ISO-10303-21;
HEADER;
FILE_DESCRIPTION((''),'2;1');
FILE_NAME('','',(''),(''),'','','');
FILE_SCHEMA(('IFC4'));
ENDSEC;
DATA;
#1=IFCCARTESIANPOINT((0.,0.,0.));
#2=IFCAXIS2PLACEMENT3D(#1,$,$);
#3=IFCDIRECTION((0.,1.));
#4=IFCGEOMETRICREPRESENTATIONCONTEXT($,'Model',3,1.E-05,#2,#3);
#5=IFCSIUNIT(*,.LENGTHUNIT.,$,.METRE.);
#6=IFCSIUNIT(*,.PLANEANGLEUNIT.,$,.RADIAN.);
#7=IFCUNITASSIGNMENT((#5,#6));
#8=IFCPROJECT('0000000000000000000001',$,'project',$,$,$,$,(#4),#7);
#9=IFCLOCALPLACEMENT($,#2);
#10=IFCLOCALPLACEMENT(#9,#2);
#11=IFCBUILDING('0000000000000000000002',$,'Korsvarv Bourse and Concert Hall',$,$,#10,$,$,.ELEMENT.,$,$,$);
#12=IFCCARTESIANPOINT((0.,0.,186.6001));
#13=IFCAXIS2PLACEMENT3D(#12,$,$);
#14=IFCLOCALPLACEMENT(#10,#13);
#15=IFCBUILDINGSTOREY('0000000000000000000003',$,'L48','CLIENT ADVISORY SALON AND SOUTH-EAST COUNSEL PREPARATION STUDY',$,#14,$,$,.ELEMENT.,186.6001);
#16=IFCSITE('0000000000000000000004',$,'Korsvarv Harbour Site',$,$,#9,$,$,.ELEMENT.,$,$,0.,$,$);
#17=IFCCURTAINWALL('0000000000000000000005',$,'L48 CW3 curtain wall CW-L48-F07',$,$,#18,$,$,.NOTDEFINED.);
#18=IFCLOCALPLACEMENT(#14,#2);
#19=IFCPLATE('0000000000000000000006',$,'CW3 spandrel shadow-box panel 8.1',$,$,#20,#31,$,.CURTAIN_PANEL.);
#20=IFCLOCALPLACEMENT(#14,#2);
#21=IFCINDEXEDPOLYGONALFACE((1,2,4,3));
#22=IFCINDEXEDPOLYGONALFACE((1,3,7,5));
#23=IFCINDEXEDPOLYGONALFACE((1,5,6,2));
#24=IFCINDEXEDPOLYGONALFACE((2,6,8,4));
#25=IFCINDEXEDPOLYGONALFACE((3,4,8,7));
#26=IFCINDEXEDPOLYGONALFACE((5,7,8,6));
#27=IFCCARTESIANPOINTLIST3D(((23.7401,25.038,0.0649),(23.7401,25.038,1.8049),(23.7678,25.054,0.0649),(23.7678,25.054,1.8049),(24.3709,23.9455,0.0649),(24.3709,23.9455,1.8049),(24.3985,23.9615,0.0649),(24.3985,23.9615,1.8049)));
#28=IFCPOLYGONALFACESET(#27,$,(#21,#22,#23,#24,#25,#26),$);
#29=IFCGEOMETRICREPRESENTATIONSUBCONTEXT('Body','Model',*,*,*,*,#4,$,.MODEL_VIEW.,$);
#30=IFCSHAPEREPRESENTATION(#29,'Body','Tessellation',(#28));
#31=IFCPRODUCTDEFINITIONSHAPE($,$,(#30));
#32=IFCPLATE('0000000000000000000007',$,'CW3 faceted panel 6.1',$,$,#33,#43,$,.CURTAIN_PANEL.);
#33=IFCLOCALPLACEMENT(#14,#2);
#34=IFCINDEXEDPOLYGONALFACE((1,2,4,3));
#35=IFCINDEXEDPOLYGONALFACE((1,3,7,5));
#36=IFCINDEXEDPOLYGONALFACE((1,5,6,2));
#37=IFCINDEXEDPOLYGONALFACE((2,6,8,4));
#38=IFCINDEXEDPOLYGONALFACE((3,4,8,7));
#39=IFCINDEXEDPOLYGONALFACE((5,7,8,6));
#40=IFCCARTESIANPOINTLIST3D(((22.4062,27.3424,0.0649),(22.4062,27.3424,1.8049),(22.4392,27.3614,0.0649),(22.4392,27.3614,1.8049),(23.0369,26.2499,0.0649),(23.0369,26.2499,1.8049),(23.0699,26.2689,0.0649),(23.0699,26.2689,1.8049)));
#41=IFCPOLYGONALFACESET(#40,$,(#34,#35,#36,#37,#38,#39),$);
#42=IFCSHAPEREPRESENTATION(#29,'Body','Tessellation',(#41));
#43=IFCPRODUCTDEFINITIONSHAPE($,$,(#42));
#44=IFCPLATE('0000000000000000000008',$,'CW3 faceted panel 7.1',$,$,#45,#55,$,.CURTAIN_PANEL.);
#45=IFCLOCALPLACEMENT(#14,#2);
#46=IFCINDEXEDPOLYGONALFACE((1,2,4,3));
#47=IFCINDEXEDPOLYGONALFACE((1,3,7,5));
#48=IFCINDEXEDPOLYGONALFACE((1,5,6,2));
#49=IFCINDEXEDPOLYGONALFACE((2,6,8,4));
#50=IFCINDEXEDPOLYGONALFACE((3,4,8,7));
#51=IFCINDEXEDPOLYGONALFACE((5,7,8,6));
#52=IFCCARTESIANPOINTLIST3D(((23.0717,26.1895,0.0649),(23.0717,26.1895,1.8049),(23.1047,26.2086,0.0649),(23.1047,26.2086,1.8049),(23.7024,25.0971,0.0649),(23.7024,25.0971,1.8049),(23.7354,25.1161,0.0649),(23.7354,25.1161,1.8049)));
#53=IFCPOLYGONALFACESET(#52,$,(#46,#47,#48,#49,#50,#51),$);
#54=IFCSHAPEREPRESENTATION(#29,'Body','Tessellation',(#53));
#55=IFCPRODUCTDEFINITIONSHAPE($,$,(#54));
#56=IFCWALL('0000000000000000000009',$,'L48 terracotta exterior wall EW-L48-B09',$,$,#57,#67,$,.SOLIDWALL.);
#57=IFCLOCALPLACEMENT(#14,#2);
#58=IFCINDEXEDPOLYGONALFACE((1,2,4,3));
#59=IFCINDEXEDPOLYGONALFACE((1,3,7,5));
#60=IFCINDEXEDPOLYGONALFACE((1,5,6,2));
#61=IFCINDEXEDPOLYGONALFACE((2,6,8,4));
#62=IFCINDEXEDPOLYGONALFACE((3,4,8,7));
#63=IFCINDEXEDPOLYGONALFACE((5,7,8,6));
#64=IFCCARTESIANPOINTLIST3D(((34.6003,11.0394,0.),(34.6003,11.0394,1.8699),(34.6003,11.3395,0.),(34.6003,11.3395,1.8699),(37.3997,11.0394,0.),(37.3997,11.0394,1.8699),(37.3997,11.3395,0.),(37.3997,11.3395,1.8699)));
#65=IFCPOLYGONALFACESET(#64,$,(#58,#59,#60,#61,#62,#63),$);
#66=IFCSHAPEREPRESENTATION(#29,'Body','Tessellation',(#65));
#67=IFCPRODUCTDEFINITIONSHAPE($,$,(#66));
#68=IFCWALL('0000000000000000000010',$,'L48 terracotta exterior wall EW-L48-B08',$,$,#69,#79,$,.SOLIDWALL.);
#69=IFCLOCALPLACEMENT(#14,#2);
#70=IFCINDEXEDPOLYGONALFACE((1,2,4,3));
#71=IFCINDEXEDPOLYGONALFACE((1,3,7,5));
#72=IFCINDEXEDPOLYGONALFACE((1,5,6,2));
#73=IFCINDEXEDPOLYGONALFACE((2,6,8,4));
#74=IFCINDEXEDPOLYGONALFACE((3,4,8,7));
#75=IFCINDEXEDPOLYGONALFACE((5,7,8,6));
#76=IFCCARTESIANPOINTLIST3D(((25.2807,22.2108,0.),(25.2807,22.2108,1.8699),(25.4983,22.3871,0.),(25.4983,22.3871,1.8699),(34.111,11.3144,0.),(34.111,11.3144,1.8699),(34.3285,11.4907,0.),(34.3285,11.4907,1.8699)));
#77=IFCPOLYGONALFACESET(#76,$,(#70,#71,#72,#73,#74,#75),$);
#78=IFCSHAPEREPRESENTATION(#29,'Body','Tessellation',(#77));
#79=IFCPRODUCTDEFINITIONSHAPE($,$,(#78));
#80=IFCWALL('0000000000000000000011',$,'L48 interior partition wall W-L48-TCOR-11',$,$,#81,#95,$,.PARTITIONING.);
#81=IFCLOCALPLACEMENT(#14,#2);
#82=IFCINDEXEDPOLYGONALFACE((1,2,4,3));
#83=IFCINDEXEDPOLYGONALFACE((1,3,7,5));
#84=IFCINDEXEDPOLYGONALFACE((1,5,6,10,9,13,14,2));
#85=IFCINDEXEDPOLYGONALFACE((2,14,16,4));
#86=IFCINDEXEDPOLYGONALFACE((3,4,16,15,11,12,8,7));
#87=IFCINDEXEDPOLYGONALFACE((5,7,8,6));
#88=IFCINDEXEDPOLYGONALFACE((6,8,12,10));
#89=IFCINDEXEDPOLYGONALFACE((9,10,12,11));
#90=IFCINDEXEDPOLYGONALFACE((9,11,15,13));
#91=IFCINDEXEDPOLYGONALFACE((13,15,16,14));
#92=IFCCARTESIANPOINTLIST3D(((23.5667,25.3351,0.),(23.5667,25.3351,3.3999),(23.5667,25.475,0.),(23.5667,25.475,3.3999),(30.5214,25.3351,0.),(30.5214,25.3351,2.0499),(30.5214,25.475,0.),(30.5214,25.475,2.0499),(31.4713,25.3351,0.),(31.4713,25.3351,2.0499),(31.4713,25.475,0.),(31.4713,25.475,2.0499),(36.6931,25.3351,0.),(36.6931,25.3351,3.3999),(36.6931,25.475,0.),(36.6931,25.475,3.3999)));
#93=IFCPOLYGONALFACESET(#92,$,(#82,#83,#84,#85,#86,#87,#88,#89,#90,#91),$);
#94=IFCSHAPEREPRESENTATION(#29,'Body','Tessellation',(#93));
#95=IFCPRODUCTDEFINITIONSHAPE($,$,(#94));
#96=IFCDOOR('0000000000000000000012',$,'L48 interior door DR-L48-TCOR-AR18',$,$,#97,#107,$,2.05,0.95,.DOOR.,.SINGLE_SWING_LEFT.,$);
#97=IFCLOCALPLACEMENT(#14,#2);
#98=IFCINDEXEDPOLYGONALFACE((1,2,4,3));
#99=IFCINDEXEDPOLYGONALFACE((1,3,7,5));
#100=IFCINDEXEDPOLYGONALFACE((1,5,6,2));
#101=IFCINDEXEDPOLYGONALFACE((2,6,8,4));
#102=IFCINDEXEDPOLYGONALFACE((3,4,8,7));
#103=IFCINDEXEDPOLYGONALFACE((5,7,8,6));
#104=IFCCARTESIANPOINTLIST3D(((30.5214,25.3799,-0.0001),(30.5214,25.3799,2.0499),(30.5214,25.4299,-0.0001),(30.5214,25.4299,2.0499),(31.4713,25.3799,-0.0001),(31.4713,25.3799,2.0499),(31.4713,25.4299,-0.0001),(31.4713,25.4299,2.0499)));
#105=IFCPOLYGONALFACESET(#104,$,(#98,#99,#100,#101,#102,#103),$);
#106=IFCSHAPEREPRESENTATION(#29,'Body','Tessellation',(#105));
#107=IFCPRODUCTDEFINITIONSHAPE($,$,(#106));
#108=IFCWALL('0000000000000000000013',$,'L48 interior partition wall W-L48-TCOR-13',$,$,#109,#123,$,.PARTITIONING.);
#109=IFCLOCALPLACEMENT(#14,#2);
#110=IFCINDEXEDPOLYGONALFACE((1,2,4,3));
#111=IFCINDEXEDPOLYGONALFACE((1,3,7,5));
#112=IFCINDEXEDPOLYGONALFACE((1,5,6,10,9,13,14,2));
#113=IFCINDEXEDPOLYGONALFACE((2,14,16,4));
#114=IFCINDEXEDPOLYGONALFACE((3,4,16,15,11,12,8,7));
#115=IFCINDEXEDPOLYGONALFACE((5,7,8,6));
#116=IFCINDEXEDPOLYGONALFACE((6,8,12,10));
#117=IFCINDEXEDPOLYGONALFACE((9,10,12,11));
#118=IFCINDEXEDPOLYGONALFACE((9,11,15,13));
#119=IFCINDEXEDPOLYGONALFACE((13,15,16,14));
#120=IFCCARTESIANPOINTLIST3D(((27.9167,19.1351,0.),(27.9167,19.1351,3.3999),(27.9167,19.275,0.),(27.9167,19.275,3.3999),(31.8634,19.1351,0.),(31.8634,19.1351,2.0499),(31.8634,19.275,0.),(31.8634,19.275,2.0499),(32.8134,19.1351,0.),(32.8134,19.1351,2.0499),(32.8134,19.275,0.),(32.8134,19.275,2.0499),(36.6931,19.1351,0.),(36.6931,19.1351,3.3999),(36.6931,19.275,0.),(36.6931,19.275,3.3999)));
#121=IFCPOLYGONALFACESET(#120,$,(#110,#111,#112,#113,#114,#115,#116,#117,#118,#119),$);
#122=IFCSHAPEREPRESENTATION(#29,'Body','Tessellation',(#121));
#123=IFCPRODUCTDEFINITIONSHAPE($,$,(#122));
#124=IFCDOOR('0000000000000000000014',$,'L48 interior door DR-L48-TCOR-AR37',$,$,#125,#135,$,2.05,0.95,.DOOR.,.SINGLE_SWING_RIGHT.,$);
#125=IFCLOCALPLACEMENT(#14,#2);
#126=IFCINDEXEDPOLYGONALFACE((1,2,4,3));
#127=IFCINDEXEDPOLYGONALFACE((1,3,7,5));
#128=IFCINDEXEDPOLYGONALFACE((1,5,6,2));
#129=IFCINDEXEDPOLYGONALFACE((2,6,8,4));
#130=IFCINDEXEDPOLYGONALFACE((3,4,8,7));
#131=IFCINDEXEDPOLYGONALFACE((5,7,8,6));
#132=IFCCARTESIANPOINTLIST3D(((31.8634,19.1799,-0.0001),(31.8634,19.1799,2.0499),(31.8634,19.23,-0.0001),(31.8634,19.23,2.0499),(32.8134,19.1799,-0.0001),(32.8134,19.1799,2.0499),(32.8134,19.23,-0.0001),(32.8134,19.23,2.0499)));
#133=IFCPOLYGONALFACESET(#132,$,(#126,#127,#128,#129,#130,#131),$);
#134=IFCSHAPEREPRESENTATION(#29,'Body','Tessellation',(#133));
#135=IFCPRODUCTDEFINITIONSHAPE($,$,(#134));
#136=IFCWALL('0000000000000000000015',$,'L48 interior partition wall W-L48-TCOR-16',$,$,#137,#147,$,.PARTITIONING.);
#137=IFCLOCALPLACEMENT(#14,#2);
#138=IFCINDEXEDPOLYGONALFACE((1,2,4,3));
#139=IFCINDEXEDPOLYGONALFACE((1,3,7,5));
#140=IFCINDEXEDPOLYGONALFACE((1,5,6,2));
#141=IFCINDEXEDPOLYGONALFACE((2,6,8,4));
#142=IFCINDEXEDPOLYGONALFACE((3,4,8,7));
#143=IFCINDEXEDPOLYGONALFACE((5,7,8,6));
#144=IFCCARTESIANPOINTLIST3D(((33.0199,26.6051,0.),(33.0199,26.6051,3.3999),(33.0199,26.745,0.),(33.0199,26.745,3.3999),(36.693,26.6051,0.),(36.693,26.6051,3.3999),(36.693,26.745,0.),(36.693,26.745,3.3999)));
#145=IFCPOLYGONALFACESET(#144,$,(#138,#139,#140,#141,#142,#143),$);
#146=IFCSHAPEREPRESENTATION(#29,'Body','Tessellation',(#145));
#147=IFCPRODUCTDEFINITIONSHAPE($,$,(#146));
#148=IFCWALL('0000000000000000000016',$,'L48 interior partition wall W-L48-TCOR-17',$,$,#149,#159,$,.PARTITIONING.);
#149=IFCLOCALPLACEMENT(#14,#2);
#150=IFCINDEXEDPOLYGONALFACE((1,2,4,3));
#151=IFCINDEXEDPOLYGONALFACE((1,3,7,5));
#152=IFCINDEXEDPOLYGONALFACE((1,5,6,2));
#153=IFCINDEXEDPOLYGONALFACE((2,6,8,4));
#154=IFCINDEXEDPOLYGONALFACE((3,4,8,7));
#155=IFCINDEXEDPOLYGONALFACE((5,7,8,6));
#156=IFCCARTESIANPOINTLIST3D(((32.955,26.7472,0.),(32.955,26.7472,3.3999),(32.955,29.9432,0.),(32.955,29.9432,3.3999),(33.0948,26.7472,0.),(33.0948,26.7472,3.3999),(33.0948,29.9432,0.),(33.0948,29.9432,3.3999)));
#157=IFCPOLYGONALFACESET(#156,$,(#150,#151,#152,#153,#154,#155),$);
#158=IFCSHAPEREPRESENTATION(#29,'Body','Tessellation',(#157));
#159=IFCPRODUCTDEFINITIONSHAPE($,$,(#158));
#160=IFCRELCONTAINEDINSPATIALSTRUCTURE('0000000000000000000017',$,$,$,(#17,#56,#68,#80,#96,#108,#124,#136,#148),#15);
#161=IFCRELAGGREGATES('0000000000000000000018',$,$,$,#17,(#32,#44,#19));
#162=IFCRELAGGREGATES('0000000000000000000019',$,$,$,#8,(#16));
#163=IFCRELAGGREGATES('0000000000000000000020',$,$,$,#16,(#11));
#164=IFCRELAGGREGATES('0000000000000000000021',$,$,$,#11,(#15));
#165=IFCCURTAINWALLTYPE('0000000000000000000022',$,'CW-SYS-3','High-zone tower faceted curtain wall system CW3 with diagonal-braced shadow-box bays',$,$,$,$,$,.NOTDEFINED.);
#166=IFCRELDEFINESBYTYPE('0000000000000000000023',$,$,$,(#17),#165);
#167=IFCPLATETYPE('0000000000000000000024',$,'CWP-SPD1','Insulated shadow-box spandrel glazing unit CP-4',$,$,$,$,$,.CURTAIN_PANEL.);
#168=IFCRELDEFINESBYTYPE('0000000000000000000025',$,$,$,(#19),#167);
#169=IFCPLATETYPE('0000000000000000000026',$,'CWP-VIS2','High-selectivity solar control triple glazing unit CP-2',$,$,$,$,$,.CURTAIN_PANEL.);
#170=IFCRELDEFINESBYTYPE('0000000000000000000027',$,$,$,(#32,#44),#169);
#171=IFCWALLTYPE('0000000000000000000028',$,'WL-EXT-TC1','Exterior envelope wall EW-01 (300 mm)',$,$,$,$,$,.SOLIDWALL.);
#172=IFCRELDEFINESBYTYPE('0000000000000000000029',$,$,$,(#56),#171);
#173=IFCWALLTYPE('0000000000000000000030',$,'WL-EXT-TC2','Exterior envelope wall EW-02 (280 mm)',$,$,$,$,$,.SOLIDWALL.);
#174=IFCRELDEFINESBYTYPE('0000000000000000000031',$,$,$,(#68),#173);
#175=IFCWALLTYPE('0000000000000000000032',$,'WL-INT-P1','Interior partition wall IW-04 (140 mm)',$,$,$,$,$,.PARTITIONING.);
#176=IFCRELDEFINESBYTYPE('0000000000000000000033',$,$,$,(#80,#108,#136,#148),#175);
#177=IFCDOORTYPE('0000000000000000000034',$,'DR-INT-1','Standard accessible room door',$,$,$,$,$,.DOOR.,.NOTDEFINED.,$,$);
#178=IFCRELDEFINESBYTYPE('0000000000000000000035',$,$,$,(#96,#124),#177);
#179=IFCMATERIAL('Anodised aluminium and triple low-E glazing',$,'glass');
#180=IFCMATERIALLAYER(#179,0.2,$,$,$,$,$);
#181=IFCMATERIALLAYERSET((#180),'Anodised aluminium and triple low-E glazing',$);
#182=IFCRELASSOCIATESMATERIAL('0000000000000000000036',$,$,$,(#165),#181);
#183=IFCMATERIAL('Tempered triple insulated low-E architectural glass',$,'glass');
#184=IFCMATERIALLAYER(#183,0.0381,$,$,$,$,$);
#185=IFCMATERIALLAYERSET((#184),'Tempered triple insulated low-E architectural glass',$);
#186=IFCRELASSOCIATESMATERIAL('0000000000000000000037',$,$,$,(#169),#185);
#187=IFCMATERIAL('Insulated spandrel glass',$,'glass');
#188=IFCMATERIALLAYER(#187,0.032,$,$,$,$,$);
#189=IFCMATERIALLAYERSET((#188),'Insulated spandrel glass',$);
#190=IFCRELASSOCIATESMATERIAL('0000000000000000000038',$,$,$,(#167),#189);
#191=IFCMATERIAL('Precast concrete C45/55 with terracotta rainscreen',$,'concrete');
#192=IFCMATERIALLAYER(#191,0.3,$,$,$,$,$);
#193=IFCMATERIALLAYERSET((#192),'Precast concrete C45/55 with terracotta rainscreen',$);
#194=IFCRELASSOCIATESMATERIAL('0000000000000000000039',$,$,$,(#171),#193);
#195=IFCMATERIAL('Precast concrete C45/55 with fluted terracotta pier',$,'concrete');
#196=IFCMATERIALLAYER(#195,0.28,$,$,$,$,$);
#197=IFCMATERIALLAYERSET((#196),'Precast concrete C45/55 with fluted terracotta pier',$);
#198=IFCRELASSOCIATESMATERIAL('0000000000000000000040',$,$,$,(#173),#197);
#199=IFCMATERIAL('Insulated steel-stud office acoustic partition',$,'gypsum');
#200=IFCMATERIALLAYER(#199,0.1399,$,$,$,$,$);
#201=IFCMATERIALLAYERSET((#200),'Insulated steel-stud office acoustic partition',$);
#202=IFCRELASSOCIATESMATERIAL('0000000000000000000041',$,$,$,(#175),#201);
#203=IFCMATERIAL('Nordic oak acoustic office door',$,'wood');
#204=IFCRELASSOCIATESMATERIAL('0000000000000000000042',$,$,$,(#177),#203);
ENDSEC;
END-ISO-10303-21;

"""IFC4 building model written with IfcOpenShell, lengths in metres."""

from ifc_helpers import new_model, si_unit, direction, frame, frame_2d, origin, origin_2d, place, context, subcontext, project, spatial, rectangle, extrude, source, transform, mapped, material, layer, layer_set, type_object, element, fill, aggregate, save


model = new_model("IFC4")

# Units and contexts
model_context = context("Model", 3, precision=1e-05, world=origin(), true_north=direction((0.0, 1.0)))
body_context = subcontext(model_context, "Body", "Model", "MODEL_VIEW")
ifc_project = project(units=[si_unit("LENGTHUNIT", "METRE"), si_unit("PLANEANGLEUNIT", "RADIAN")], contexts=[model_context])

# Site, building, storey
site_placement = place(None, origin())
site = spatial("IfcSite", under=ifc_project, at=site_placement, Name="Korsvarv Harbour Site", CompositionType="ELEMENT", RefElevation=0.0)
building_placement = place(site_placement, origin())
building = spatial("IfcBuilding", under=site, at=building_placement, Name="Korsvarv Bourse and Concert Hall", CompositionType="ELEMENT")
storey_placement = place(building_placement, frame((0.0, 0.0, 186.6001)))
storey = spatial("IfcBuildingStorey", under=building, at=storey_placement, Name="L48", Description="CLIENT ADVISORY SALON AND SOUTH-EAST COUNSEL PREPARATION STUDY", CompositionType="ELEMENT", Elevation=186.6001)

# Curtain wall, plates
ifc_material_1 = material(Name="Anodised aluminium and triple low-E glazing", Category="glass")
ifc_layer_1 = layer(ifc_material_1, 0.2)
ifc_layer_set_1 = layer_set([ifc_layer_1], Name="Anodised aluminium and triple low-E glazing")
curtain_wall_type = type_object("IfcCurtainWallType", Name="CW-SYS-3", Description="High-zone tower faceted curtain wall system CW3 with diagonal-braced shadow-box bays", PredefinedType="NOTDEFINED", material=ifc_layer_set_1)
curtain_wall_placement = place(storey_placement, origin())
curtain_wall = element("IfcCurtainWall", 1, at=curtain_wall_placement, inside=storey, type_object=curtain_wall_type, Name="L48 CW3 curtain wall CW-L48-F07", PredefinedType="NOTDEFINED")
ifc_material_2 = material(Name="Tempered triple insulated low-E architectural glass", Category="glass")
ifc_layer_2 = layer(ifc_material_2, 0.0381)
ifc_layer_set_2 = layer_set([ifc_layer_2], Name="Tempered triple insulated low-E architectural glass")
plate_type_1 = type_object("IfcPlateType", Name="CWP-VIS2", Description="High-selectivity solar control triple glazing unit CP-2", PredefinedType="CURTAIN_PANEL", material=ifc_layer_set_2)
ifc_material_3 = material(Name="Insulated spandrel glass", Category="glass")
ifc_layer_3 = layer(ifc_material_3, 0.032)
ifc_layer_set_3 = layer_set([ifc_layer_3], Name="Insulated spandrel glass")
plate_type_2 = type_object("IfcPlateType", Name="CWP-SPD1", Description="Insulated shadow-box spandrel glazing unit CP-4", PredefinedType="CURTAIN_PANEL", material=ifc_layer_set_3)
shared_shape_1 = source(origin(), body_context, "Body", "SweptSolid", [
    extrude(rectangle(XDim=1.2615, YDim=0.032, at=origin_2d()), origin(), (0.0, 0.0, 1.0), 1.74),
])
plate_1_placement = place(storey_placement, frame((24.0693, 24.4998, 0.0649), z_axis=(0.0, 0.0, 1.0), x_axis=(0.499994, -0.866029, 0.0)))
plate_1 = element("IfcPlate", 2, at=plate_1_placement, type_object=plate_type_2, Name="CW3 spandrel shadow-box panel 8.1", PredefinedType="CURTAIN_PANEL", context=body_context, shape_type="MappedRepresentation", body=[
    mapped(shared_shape_1, transform((0.0, 0.0, 0.0), scale=1.0)),
])
shared_shape_2 = source(origin(), body_context, "Body", "SweptSolid", [
    extrude(rectangle(XDim=1.2615, YDim=0.0381, at=origin_2d()), origin(), (0.0, 0.0, 1.0), 1.74),
])
plate_2_placement = place(storey_placement, frame((22.738, 26.8057, 0.0649), z_axis=(0.0, 0.0, 1.0), x_axis=(0.499994, -0.866029, 0.0)))
plate_2 = element("IfcPlate", 3, at=plate_2_placement, type_object=plate_type_1, Name="CW3 faceted panel 6.1", PredefinedType="CURTAIN_PANEL", context=body_context, shape_type="MappedRepresentation", body=[
    mapped(shared_shape_2, transform((0.0, 0.0, 0.0), scale=1.0)),
])
plate_3_placement = place(storey_placement, frame((23.4036, 25.6528, 0.0649), z_axis=(0.0, 0.0, 1.0), x_axis=(0.499994, -0.866029, 0.0)))
plate_3 = element("IfcPlate", 4, at=plate_3_placement, type_object=plate_type_1, Name="CW3 faceted panel 7.1", PredefinedType="CURTAIN_PANEL", context=body_context, shape_type="MappedRepresentation", body=[
    mapped(shared_shape_2, transform((0.0, 0.0, 0.0), scale=1.0)),
])
aggregate(curtain_wall, [plate_2, plate_3, plate_1])

# Walls
ifc_material_4 = material(Name="Precast concrete C45/55 with terracotta rainscreen", Category="concrete")
ifc_layer_4 = layer(ifc_material_4, 0.3)
ifc_layer_set_4 = layer_set([ifc_layer_4], Name="Precast concrete C45/55 with terracotta rainscreen")
wall_type_1 = type_object("IfcWallType", Name="WL-EXT-TC1", Description="Exterior envelope wall EW-01 (300 mm)", PredefinedType="SOLIDWALL", material=ifc_layer_set_4)
wall_1_placement = place(storey_placement, frame((34.6003, 11.1895, 0.0), z_axis=(0.0, 0.0, 1.0), x_axis=(1.0, 0.0, 0.0)))
element("IfcWall", 5, at=wall_1_placement, inside=storey, type_object=wall_type_1, Name="L48 terracotta exterior wall EW-L48-B09", PredefinedType="SOLIDWALL", context=body_context, shape_type="SweptSolid", body=[
    extrude(rectangle(XDim=2.7993, YDim=0.3, at=frame_2d((1.3997, 0.0))), origin(), (0.0, 0.0, 1.0), 1.8699),
])
ifc_material_5 = material(Name="Precast concrete C45/55 with fluted terracotta pier", Category="concrete")
ifc_layer_5 = layer(ifc_material_5, 0.28)
ifc_layer_set_5 = layer_set([ifc_layer_5], Name="Precast concrete C45/55 with fluted terracotta pier")
wall_type_2 = type_object("IfcWallType", Name="WL-EXT-TC2", Description="Exterior envelope wall EW-02 (280 mm)", PredefinedType="SOLIDWALL", material=ifc_layer_set_5)
wall_2_placement = place(storey_placement, frame((25.3894, 22.2991, 0.0), z_axis=(0.0, 0.0, 1.0), x_axis=(0.629601, -0.776918, 0.0)))
element("IfcWall", 6, at=wall_2_placement, inside=storey, type_object=wall_type_2, Name="L48 terracotta exterior wall EW-L48-B08", PredefinedType="SOLIDWALL", context=body_context, shape_type="SweptSolid", body=[
    extrude(rectangle(XDim=14.0251, YDim=0.28, at=frame_2d((7.0127, 0.0))), origin(), (0.0, 0.0, 1.0), 1.8699),
])

# Walls, openings, doors
ifc_material_6 = material(Name="Insulated steel-stud office acoustic partition", Category="gypsum")
ifc_layer_6 = layer(ifc_material_6, 0.1399)
ifc_layer_set_6 = layer_set([ifc_layer_6], Name="Insulated steel-stud office acoustic partition")
wall_type_3 = type_object("IfcWallType", Name="WL-INT-P1", Description="Interior partition wall IW-04 (140 mm)", PredefinedType="PARTITIONING", material=ifc_layer_set_6)
wall_3_placement = place(storey_placement, frame((23.5667, 25.405, 0.0), z_axis=(0.0, 0.0, 1.0), x_axis=(1.0, 0.0, 0.0)))
wall_3 = element("IfcWall", 7, at=wall_3_placement, inside=storey, type_object=wall_type_3, Name="L48 interior partition wall W-L48-TCOR-11", PredefinedType="PARTITIONING", context=body_context, shape_type="SweptSolid", body=[
    extrude(rectangle(XDim=13.1265, YDim=0.1399, at=frame_2d((6.5632, 0.0))), origin(), (0.0, 0.0, 1.0), 3.3999),
])
opening_1_placement = place(wall_3_placement, frame((6.9546, 0.0, 0.0)))
opening_1 = element("IfcOpeningElement", 8, at=opening_1_placement, cuts=wall_3, PredefinedType="OPENING", context=body_context, shape_type="SweptSolid", body=[
    extrude(rectangle(XDim=0.95, YDim=2.05, at=frame_2d((0.4751, 1.0249))), frame((0.0, 0.0801, 0.0), z_axis=(0.0, -1.0, 0.0), x_axis=(1.0, 0.0, 0.0)), (0.0, 0.0, 1.0), 0.1599),
])
ifc_material_7 = material(Name="Nordic oak acoustic office door", Category="wood")
door_type = type_object("IfcDoorType", Name="DR-INT-1", Description="Standard accessible room door", OperationType="NOTDEFINED", PredefinedType="DOOR", material=ifc_material_7)
door_1_placement = place(opening_1_placement, origin())
door_1 = element("IfcDoor", 9, at=door_1_placement, inside=storey, type_object=door_type, Name="L48 interior door DR-L48-TCOR-AR18", OperationType="SINGLE_SWING_LEFT", OverallHeight=2.05, OverallWidth=0.95, PredefinedType="DOOR", context=body_context, shape_type="SweptSolid", body=[
    extrude(rectangle(XDim=0.95, YDim=2.05, at=frame_2d((0.4751, 1.0249))), frame((0.0, 0.0249, 0.0), z_axis=(0.0, -1.0, 0.0), x_axis=(1.0, 0.0, 0.0)), (0.0, 0.0, 1.0), 0.05),
])
fill(opening_1, door_1)
wall_4_placement = place(storey_placement, frame((27.9167, 19.2051, 0.0), z_axis=(0.0, 0.0, 1.0), x_axis=(1.0, 0.0, 0.0)))
wall_4 = element("IfcWall", 10, at=wall_4_placement, inside=storey, type_object=wall_type_3, Name="L48 interior partition wall W-L48-TCOR-13", PredefinedType="PARTITIONING", context=body_context, shape_type="SweptSolid", body=[
    extrude(rectangle(XDim=8.7764, YDim=0.1399, at=frame_2d((4.3882, 0.0))), origin(), (0.0, 0.0, 1.0), 3.3999),
])
opening_2_placement = place(wall_4_placement, frame((3.9465, 0.0, 0.0)))
opening_2 = element("IfcOpeningElement", 11, at=opening_2_placement, cuts=wall_4, PredefinedType="OPENING", context=body_context, shape_type="SweptSolid", body=[
    extrude(rectangle(XDim=0.95, YDim=2.05, at=frame_2d((0.4751, 1.0249))), frame((0.0, 0.0801, 0.0), z_axis=(0.0, -1.0, 0.0), x_axis=(1.0, 0.0, 0.0)), (0.0, 0.0, 1.0), 0.1599),
])
door_2_placement = place(opening_2_placement, origin())
door_2 = element("IfcDoor", 12, at=door_2_placement, inside=storey, type_object=door_type, Name="L48 interior door DR-L48-TCOR-AR37", OperationType="SINGLE_SWING_RIGHT", OverallHeight=2.05, OverallWidth=0.95, PredefinedType="DOOR", context=body_context, shape_type="SweptSolid", body=[
    extrude(rectangle(XDim=0.95, YDim=2.05, at=frame_2d((0.4751, 1.0249))), frame((0.0, 0.0249, 0.0), z_axis=(0.0, -1.0, 0.0), x_axis=(1.0, 0.0, 0.0)), (0.0, 0.0, 1.0), 0.05),
])
fill(opening_2, door_2)

# Walls
wall_5_placement = place(storey_placement, frame((33.02, 26.675, 0.0), z_axis=(0.0, 0.0, 1.0), x_axis=(1.0, 0.0, 0.0)))
element("IfcWall", 13, at=wall_5_placement, inside=storey, type_object=wall_type_3, Name="L48 interior partition wall W-L48-TCOR-16", PredefinedType="PARTITIONING", context=body_context, shape_type="SweptSolid", body=[
    extrude(rectangle(XDim=3.6731, YDim=0.1399, at=frame_2d((1.8364, 0.0))), origin(), (0.0, 0.0, 1.0), 3.3999),
])
wall_6_placement = place(storey_placement, frame((33.0249, 26.7471, 0.0), z_axis=(0.0, 0.0, 1.0), x_axis=(0.0, 1.0, 0.0)))
element("IfcWall", 14, at=wall_6_placement, inside=storey, type_object=wall_type_3, Name="L48 interior partition wall W-L48-TCOR-17", PredefinedType="PARTITIONING", context=body_context, shape_type="SweptSolid", body=[
    extrude(rectangle(XDim=3.196, YDim=0.1399, at=frame_2d((1.5981, 0.0))), origin(), (0.0, 0.0, 1.0), 3.3999),
])

save(model, "model.ifc")
